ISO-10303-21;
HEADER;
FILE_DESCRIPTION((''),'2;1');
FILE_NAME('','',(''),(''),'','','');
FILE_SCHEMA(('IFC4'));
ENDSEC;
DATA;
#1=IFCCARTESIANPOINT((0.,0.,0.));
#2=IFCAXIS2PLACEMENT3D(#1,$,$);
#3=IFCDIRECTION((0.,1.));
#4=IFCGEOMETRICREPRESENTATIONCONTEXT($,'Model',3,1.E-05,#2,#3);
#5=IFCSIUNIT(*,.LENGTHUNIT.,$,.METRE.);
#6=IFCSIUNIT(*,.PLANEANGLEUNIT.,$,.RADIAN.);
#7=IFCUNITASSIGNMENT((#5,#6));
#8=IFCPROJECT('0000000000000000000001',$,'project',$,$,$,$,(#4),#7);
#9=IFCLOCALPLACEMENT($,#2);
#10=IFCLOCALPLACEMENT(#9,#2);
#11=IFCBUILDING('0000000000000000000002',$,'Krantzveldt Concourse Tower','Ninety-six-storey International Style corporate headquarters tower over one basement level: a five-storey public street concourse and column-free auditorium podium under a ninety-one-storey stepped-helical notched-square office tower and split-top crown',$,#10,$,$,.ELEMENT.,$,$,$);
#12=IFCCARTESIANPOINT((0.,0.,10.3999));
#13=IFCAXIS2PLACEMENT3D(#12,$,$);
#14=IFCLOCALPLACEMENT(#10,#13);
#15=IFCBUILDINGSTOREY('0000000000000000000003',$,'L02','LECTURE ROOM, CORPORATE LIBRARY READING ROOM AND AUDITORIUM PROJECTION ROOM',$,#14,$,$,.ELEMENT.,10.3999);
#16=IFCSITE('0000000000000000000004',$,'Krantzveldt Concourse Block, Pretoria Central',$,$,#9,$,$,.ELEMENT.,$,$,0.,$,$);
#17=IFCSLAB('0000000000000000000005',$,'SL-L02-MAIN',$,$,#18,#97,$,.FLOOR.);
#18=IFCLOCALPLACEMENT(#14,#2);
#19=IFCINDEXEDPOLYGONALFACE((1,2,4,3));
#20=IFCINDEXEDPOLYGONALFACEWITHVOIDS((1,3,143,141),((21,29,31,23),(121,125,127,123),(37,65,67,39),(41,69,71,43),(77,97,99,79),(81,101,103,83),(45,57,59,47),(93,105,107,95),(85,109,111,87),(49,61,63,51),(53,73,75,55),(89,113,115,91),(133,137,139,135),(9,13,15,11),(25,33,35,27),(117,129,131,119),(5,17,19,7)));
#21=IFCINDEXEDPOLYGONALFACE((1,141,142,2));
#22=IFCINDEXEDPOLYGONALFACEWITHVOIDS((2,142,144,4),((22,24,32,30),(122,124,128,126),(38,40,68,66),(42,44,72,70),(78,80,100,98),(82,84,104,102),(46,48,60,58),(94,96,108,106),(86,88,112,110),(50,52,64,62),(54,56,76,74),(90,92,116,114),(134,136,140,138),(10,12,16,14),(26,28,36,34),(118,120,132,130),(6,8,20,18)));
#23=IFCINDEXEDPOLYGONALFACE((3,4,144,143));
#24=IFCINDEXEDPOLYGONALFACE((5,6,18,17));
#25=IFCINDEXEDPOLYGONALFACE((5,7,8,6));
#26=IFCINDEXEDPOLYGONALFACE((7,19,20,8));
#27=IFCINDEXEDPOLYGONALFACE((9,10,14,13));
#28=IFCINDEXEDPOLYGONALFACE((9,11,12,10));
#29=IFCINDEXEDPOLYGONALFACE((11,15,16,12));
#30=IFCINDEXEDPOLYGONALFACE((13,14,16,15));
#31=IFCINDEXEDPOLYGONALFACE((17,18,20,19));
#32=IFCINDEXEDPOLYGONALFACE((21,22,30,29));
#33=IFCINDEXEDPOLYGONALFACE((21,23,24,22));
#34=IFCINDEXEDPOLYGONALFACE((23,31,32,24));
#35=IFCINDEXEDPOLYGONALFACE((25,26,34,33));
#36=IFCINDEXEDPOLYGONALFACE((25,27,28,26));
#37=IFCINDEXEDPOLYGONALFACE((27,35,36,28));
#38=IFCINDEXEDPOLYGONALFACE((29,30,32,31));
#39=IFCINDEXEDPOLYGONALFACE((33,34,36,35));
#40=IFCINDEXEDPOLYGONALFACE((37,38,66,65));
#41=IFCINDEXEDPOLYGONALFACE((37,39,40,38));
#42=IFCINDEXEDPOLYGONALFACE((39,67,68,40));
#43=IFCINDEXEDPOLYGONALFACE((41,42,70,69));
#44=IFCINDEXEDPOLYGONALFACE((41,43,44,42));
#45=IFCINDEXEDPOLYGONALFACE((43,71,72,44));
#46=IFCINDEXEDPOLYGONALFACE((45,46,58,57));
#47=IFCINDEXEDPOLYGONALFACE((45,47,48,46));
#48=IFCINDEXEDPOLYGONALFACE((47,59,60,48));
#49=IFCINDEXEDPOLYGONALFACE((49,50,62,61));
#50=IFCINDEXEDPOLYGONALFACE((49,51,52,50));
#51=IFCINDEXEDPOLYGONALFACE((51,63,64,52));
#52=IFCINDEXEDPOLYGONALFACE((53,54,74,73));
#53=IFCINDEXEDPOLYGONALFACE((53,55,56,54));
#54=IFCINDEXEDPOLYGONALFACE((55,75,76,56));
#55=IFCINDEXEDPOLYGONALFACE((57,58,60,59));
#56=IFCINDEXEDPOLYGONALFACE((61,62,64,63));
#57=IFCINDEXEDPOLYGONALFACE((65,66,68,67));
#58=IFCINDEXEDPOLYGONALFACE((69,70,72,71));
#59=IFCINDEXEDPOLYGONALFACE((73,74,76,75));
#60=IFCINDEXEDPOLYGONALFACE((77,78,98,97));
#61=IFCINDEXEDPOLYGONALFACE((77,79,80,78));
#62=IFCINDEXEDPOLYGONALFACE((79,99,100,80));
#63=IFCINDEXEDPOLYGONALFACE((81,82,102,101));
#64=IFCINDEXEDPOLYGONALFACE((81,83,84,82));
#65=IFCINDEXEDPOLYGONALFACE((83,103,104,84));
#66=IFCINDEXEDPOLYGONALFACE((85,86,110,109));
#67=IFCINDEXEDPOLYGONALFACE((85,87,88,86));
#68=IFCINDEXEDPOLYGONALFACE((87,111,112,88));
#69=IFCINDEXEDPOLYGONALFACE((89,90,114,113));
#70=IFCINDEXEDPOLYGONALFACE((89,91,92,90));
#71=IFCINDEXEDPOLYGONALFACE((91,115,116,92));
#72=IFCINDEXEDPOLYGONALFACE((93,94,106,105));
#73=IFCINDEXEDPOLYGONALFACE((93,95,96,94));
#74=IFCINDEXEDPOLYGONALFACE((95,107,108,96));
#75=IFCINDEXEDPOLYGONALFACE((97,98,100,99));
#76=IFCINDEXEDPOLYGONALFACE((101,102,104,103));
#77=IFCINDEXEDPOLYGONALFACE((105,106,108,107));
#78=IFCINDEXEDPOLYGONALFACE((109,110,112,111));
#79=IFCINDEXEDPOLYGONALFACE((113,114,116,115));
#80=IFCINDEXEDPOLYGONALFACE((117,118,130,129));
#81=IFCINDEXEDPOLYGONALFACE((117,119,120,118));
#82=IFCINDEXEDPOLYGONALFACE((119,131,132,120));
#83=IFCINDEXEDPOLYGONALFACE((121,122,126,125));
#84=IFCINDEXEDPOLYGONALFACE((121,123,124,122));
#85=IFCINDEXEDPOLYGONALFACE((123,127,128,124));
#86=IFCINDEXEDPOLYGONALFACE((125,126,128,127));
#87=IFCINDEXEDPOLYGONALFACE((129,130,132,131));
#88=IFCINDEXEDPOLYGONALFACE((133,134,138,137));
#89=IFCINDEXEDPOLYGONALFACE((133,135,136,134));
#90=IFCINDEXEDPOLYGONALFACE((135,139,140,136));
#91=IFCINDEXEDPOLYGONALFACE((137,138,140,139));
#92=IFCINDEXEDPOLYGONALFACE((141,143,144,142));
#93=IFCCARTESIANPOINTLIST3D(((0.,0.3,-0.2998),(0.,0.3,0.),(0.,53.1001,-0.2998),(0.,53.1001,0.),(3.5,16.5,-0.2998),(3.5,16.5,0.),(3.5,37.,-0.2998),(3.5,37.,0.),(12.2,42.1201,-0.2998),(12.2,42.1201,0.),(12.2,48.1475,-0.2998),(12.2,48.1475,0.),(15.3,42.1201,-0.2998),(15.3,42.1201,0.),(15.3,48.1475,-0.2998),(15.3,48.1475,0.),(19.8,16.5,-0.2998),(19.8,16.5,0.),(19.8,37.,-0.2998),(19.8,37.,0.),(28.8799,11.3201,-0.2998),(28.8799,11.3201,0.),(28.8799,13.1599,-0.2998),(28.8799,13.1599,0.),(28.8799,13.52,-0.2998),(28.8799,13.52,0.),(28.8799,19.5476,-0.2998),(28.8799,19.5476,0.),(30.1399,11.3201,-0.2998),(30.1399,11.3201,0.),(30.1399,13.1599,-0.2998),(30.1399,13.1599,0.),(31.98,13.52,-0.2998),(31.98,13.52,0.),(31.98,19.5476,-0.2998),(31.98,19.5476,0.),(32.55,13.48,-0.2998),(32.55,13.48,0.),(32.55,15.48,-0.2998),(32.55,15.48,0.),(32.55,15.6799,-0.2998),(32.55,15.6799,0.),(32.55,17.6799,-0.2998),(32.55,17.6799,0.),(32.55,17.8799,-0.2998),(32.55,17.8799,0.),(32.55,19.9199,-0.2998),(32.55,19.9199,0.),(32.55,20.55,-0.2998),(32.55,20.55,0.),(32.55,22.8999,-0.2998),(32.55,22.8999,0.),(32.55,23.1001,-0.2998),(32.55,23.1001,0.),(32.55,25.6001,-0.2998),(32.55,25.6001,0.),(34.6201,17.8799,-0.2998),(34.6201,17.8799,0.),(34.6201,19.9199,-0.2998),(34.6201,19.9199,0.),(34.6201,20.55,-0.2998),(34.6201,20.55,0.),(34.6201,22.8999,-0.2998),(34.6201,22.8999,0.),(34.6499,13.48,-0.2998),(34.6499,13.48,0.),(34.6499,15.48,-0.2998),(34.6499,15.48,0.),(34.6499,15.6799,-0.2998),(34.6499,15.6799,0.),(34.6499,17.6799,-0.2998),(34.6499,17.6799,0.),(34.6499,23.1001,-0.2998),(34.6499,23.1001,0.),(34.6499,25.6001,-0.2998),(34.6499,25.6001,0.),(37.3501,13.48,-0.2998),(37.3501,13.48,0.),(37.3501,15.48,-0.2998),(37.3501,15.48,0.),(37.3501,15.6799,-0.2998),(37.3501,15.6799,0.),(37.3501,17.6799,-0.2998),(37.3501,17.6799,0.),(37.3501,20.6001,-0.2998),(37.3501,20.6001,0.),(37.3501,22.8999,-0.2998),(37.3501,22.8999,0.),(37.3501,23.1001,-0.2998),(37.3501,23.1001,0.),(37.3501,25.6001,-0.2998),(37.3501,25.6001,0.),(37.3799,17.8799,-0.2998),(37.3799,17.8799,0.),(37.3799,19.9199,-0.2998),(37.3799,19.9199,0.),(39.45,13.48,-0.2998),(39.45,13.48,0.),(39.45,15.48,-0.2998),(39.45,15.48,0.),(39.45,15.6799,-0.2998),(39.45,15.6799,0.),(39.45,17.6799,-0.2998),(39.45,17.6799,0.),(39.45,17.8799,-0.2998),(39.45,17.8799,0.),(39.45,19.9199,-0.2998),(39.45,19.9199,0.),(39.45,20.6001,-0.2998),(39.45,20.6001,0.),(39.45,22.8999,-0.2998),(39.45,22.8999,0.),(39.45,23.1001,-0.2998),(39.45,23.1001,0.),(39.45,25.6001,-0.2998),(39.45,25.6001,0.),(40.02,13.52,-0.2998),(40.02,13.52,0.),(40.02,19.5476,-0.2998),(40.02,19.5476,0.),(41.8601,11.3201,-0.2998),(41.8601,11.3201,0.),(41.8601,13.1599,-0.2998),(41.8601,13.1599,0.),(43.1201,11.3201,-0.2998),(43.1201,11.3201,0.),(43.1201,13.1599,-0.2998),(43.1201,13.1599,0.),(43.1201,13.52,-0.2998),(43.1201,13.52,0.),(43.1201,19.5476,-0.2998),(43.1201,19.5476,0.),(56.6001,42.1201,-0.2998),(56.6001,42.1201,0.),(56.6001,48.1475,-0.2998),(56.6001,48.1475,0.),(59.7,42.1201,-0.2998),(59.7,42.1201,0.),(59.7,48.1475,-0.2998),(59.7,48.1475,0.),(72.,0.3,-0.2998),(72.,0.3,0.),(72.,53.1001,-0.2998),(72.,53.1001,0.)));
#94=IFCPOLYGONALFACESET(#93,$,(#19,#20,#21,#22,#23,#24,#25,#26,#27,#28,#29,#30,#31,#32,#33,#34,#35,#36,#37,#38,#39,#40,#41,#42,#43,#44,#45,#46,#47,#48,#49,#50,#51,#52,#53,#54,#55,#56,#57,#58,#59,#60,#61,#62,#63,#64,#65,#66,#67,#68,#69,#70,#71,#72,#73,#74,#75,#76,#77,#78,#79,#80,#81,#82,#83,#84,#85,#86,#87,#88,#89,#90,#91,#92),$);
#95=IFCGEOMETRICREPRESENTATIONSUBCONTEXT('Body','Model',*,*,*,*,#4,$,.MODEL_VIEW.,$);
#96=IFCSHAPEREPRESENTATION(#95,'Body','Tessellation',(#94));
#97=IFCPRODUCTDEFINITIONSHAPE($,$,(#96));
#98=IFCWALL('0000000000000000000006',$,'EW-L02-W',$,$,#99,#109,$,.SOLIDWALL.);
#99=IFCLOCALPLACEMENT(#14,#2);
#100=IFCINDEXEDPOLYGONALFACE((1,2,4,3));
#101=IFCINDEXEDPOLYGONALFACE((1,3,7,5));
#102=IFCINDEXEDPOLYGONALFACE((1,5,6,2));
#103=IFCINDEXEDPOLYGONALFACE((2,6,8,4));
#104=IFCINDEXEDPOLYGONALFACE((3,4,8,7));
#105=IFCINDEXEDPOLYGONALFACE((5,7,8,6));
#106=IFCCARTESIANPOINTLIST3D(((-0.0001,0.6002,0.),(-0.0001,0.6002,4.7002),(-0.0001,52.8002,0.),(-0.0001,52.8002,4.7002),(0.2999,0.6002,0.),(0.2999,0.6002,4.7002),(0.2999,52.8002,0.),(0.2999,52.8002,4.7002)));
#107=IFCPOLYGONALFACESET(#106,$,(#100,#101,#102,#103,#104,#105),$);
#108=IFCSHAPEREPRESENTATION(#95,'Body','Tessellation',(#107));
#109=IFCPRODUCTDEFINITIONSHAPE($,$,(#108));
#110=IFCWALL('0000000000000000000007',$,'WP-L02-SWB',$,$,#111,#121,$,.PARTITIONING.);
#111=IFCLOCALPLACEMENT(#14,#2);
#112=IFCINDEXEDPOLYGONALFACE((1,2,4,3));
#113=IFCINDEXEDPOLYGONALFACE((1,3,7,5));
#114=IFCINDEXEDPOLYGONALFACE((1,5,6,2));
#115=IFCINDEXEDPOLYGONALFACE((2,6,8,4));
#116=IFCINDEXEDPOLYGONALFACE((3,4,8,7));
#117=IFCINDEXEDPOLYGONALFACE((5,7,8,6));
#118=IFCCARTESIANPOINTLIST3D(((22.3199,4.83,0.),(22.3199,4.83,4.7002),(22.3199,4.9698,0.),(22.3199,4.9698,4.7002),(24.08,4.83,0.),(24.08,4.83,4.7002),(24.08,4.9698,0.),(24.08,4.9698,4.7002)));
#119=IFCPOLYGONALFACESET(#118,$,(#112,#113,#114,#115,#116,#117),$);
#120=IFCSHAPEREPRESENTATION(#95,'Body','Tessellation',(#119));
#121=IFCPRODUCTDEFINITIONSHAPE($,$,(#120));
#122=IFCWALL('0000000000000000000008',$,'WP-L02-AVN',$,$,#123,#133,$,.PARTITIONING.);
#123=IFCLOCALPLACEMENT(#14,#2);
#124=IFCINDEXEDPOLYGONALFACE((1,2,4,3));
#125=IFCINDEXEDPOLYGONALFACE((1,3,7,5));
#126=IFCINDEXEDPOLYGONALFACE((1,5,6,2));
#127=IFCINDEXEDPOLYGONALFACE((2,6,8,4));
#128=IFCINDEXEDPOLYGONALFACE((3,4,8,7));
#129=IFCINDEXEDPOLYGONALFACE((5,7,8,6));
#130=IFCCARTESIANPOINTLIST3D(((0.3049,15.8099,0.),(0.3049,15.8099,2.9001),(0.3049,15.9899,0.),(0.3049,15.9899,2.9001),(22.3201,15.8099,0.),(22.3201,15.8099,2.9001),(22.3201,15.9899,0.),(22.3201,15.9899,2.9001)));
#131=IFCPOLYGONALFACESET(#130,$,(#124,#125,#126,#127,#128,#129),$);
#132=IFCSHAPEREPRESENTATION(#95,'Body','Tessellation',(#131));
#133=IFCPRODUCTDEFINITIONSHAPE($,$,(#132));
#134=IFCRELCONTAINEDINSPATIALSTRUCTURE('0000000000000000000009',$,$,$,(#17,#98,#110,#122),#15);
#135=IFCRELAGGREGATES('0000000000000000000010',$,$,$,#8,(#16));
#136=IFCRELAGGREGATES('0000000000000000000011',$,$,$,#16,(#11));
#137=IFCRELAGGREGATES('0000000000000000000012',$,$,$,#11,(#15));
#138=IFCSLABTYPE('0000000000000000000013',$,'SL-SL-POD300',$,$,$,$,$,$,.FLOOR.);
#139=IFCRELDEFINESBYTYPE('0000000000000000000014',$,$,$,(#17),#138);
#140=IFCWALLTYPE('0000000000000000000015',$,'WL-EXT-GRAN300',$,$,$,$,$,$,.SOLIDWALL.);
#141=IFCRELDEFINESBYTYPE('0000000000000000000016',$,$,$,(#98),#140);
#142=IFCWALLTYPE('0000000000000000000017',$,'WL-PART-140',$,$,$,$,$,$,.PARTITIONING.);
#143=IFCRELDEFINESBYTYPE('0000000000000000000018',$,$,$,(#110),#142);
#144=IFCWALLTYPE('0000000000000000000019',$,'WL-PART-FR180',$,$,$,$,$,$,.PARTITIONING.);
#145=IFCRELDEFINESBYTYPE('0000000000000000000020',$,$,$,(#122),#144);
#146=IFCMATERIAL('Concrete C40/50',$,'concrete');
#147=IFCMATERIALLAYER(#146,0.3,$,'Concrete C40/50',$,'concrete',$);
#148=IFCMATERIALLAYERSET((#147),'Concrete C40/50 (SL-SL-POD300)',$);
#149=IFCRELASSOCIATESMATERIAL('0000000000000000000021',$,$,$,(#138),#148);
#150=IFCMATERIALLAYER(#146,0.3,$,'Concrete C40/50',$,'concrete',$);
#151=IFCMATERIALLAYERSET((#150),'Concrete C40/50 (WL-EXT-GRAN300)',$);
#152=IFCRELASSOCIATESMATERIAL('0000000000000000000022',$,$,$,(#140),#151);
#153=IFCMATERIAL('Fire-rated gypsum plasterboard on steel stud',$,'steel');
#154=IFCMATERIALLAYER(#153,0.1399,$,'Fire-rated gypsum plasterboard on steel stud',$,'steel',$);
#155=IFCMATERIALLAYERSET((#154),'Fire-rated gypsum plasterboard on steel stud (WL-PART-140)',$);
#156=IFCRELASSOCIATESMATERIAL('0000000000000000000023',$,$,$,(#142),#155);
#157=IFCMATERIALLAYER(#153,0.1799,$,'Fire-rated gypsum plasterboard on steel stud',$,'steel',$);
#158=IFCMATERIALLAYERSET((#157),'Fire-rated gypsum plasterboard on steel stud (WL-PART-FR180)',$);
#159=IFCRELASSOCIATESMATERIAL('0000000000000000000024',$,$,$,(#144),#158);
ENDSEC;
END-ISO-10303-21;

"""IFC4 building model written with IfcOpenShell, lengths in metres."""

from ifc_helpers import new_model, si_unit, direction, frame, frame_2d, origin, place, context, subcontext, project, spatial, polyline, rectangle, outline, extrude, material, layer, layer_set, type_object, element, save


model = new_model("IFC4")

# Units and contexts
model_context = context("Model", 3, precision=1e-05, world=origin(), true_north=direction((0.0, 1.0)))
body_context = subcontext(model_context, "Body", "Model", "MODEL_VIEW")
ifc_project = project(units=[si_unit("LENGTHUNIT", "METRE"), si_unit("PLANEANGLEUNIT", "RADIAN")], contexts=[model_context])

# Site, building, storey
site_placement = place(None, origin())
site = spatial("IfcSite", under=ifc_project, at=site_placement, Name="Krantzveldt Concourse Block, Pretoria Central", CompositionType="ELEMENT", RefElevation=0.0)
building_placement = place(site_placement, origin())
building = spatial("IfcBuilding", under=site, at=building_placement, Name="Krantzveldt Concourse Tower", Description="Ninety-six-storey International Style corporate headquarters tower over one basement level: a five-storey public street concourse and column-free auditorium podium under a ninety-one-storey stepped-helical notched-square office tower and split-top crown", CompositionType="ELEMENT")
storey_placement = place(building_placement, frame((0.0, 0.0, 10.3999)))
storey = spatial("IfcBuildingStorey", under=building, at=storey_placement, Name="L02", Description="LECTURE ROOM, CORPORATE LIBRARY READING ROOM AND AUDITORIUM PROJECTION ROOM", CompositionType="ELEMENT", Elevation=10.3999)

# Shared definitions
ifc_material_1 = material(Name="Concrete C40/50", Category="concrete")

# Slab
ifc_layer_1 = layer(ifc_material_1, 0.3, Name="Concrete C40/50", Category="concrete")
ifc_layer_set_1 = layer_set([ifc_layer_1], Name="Concrete C40/50 (SL-SL-POD300)")
slab_type_1 = type_object("IfcSlabType", Name="SL-SL-POD300", PredefinedType="FLOOR", material=ifc_layer_set_1)
slab_1_placement = place(storey_placement, frame((0.0, 0.0, -0.2998)))
element("IfcSlab", 1, at=slab_1_placement, inside=storey, type_object=slab_type_1, Name="SL-L02-MAIN", PredefinedType="FLOOR", context=body_context, shape_type="SweptSolid", body=[
    extrude(outline(polyline([(0.0, 0.3), (72.0, 0.3), (72.0, 53.1001), (0.0, 53.1001), (0.0, 0.3)]), holes=[polyline([(28.8799, 19.5476), (28.8799, 13.52), (31.98, 13.52), (31.98, 19.5476), (28.8799, 19.5476)]), polyline([(40.02, 19.5476), (40.02, 13.52), (43.1201, 13.52), (43.1201, 19.5476), (40.02, 19.5476)]), polyline([(12.2, 48.1475), (12.2, 42.1201), (15.3, 42.1201), (15.3, 48.1475), (12.2, 48.1475)]), polyline([(56.6001, 48.1475), (56.6001, 42.1201), (59.7, 42.1201), (59.7, 48.1475), (56.6001, 48.1475)]), polyline([(32.55, 23.1001), (34.6499, 23.1001), (34.6499, 25.6001), (32.55, 25.6001), (32.55, 23.1001)]), polyline([(37.3501, 23.1001), (39.45, 23.1001), (39.45, 25.6001), (37.3501, 25.6001), (37.3501, 23.1001)]), polyline([(37.3501, 20.6001), (39.45, 20.6001), (39.45, 22.8999), (37.3501, 22.8999), (37.3501, 20.6001)]), polyline([(32.55, 13.48), (34.6499, 13.48), (34.6499, 15.48), (32.55, 15.48), (32.55, 13.48)]), polyline([(32.55, 15.6799), (34.6499, 15.6799), (34.6499, 17.6799), (32.55, 17.6799), (32.55, 15.6799)]), polyline([(37.3501, 13.48), (39.45, 13.48), (39.45, 15.48), (37.3501, 15.48), (37.3501, 13.48)]), polyline([(37.3501, 15.6799), (39.45, 15.6799), (39.45, 17.6799), (37.3501, 17.6799), (37.3501, 15.6799)]), polyline([(32.55, 20.55), (34.6201, 20.55), (34.6201, 22.8999), (32.55, 22.8999), (32.55, 20.55)]), polyline([(32.55, 17.8799), (34.6201, 17.8799), (34.6201, 19.9199), (32.55, 19.9199), (32.55, 17.8799)]), polyline([(37.3799, 17.8799), (39.45, 17.8799), (39.45, 19.9199), (37.3799, 19.9199), (37.3799, 17.8799)]), polyline([(28.8799, 11.3201), (30.1399, 11.3201), (30.1399, 13.1599), (28.8799, 13.1599), (28.8799, 11.3201)]), polyline([(41.8601, 11.3201), (43.1201, 11.3201), (43.1201, 13.1599), (41.8601, 13.1599), (41.8601, 11.3201)]), polyline([(3.5, 16.5), (19.8, 16.5), (19.8, 37.0), (3.5, 37.0), (3.5, 16.5)])]), origin(), (0.0, 0.0, 1.0), 0.2998),
])

# Walls
ifc_layer_2 = layer(ifc_material_1, 0.3, Name="Concrete C40/50", Category="concrete")
ifc_layer_set_2 = layer_set([ifc_layer_2], Name="Concrete C40/50 (WL-EXT-GRAN300)")
wall_type_1 = type_object("IfcWallType", Name="WL-EXT-GRAN300", PredefinedType="SOLIDWALL", material=ifc_layer_set_2)
wall_1_placement = place(storey_placement, frame((0.1499, 0.6001, 0.0), z_axis=(0.0, 0.0, 1.0), x_axis=(0.0, 1.0, 0.0)))
element("IfcWall", 2, at=wall_1_placement, inside=storey, type_object=wall_type_1, Name="EW-L02-W", PredefinedType="SOLIDWALL", context=body_context, shape_type="SweptSolid", body=[
    extrude(rectangle(XDim=52.2, YDim=0.3, at=frame_2d((26.1001, 0.0))), origin(), (0.0, 0.0, 1.0), 4.7002),
])
ifc_material_2 = material(Name="Fire-rated gypsum plasterboard on steel stud", Category="steel")
ifc_layer_3 = layer(ifc_material_2, 0.1399, Name="Fire-rated gypsum plasterboard on steel stud", Category="steel")
ifc_layer_set_3 = layer_set([ifc_layer_3], Name="Fire-rated gypsum plasterboard on steel stud (WL-PART-140)")
wall_type_2 = type_object("IfcWallType", Name="WL-PART-140", PredefinedType="PARTITIONING", material=ifc_layer_set_3)
wall_2_placement = place(storey_placement, frame((22.3201, 4.8999, 0.0), z_axis=(0.0, 0.0, 1.0), x_axis=(1.0, 0.0, 0.0)))
element("IfcWall", 3, at=wall_2_placement, inside=storey, type_object=wall_type_2, Name="WP-L02-SWB", PredefinedType="PARTITIONING", context=body_context, shape_type="SweptSolid", body=[
    extrude(rectangle(XDim=1.76, YDim=0.1399, at=frame_2d((0.8799, 0.0))), origin(), (0.0, 0.0, 1.0), 4.7002),
])
ifc_layer_4 = layer(ifc_material_2, 0.1799, Name="Fire-rated gypsum plasterboard on steel stud", Category="steel")
ifc_layer_set_4 = layer_set([ifc_layer_4], Name="Fire-rated gypsum plasterboard on steel stud (WL-PART-FR180)")
wall_type_3 = type_object("IfcWallType", Name="WL-PART-FR180", PredefinedType="PARTITIONING", material=ifc_layer_set_4)
wall_3_placement = place(storey_placement, frame((0.3049, 15.8999, 0.0), z_axis=(0.0, 0.0, 1.0), x_axis=(1.0, 0.0, 0.0)))
element("IfcWall", 4, at=wall_3_placement, inside=storey, type_object=wall_type_3, Name="WP-L02-AVN", PredefinedType="PARTITIONING", context=body_context, shape_type="SweptSolid", body=[
    extrude(rectangle(XDim=22.0151, YDim=0.1799, at=frame_2d((11.0076, 0.0))), origin(), (0.0, 0.0, 1.0), 2.9001),
])

save(model, "model.ifc")
